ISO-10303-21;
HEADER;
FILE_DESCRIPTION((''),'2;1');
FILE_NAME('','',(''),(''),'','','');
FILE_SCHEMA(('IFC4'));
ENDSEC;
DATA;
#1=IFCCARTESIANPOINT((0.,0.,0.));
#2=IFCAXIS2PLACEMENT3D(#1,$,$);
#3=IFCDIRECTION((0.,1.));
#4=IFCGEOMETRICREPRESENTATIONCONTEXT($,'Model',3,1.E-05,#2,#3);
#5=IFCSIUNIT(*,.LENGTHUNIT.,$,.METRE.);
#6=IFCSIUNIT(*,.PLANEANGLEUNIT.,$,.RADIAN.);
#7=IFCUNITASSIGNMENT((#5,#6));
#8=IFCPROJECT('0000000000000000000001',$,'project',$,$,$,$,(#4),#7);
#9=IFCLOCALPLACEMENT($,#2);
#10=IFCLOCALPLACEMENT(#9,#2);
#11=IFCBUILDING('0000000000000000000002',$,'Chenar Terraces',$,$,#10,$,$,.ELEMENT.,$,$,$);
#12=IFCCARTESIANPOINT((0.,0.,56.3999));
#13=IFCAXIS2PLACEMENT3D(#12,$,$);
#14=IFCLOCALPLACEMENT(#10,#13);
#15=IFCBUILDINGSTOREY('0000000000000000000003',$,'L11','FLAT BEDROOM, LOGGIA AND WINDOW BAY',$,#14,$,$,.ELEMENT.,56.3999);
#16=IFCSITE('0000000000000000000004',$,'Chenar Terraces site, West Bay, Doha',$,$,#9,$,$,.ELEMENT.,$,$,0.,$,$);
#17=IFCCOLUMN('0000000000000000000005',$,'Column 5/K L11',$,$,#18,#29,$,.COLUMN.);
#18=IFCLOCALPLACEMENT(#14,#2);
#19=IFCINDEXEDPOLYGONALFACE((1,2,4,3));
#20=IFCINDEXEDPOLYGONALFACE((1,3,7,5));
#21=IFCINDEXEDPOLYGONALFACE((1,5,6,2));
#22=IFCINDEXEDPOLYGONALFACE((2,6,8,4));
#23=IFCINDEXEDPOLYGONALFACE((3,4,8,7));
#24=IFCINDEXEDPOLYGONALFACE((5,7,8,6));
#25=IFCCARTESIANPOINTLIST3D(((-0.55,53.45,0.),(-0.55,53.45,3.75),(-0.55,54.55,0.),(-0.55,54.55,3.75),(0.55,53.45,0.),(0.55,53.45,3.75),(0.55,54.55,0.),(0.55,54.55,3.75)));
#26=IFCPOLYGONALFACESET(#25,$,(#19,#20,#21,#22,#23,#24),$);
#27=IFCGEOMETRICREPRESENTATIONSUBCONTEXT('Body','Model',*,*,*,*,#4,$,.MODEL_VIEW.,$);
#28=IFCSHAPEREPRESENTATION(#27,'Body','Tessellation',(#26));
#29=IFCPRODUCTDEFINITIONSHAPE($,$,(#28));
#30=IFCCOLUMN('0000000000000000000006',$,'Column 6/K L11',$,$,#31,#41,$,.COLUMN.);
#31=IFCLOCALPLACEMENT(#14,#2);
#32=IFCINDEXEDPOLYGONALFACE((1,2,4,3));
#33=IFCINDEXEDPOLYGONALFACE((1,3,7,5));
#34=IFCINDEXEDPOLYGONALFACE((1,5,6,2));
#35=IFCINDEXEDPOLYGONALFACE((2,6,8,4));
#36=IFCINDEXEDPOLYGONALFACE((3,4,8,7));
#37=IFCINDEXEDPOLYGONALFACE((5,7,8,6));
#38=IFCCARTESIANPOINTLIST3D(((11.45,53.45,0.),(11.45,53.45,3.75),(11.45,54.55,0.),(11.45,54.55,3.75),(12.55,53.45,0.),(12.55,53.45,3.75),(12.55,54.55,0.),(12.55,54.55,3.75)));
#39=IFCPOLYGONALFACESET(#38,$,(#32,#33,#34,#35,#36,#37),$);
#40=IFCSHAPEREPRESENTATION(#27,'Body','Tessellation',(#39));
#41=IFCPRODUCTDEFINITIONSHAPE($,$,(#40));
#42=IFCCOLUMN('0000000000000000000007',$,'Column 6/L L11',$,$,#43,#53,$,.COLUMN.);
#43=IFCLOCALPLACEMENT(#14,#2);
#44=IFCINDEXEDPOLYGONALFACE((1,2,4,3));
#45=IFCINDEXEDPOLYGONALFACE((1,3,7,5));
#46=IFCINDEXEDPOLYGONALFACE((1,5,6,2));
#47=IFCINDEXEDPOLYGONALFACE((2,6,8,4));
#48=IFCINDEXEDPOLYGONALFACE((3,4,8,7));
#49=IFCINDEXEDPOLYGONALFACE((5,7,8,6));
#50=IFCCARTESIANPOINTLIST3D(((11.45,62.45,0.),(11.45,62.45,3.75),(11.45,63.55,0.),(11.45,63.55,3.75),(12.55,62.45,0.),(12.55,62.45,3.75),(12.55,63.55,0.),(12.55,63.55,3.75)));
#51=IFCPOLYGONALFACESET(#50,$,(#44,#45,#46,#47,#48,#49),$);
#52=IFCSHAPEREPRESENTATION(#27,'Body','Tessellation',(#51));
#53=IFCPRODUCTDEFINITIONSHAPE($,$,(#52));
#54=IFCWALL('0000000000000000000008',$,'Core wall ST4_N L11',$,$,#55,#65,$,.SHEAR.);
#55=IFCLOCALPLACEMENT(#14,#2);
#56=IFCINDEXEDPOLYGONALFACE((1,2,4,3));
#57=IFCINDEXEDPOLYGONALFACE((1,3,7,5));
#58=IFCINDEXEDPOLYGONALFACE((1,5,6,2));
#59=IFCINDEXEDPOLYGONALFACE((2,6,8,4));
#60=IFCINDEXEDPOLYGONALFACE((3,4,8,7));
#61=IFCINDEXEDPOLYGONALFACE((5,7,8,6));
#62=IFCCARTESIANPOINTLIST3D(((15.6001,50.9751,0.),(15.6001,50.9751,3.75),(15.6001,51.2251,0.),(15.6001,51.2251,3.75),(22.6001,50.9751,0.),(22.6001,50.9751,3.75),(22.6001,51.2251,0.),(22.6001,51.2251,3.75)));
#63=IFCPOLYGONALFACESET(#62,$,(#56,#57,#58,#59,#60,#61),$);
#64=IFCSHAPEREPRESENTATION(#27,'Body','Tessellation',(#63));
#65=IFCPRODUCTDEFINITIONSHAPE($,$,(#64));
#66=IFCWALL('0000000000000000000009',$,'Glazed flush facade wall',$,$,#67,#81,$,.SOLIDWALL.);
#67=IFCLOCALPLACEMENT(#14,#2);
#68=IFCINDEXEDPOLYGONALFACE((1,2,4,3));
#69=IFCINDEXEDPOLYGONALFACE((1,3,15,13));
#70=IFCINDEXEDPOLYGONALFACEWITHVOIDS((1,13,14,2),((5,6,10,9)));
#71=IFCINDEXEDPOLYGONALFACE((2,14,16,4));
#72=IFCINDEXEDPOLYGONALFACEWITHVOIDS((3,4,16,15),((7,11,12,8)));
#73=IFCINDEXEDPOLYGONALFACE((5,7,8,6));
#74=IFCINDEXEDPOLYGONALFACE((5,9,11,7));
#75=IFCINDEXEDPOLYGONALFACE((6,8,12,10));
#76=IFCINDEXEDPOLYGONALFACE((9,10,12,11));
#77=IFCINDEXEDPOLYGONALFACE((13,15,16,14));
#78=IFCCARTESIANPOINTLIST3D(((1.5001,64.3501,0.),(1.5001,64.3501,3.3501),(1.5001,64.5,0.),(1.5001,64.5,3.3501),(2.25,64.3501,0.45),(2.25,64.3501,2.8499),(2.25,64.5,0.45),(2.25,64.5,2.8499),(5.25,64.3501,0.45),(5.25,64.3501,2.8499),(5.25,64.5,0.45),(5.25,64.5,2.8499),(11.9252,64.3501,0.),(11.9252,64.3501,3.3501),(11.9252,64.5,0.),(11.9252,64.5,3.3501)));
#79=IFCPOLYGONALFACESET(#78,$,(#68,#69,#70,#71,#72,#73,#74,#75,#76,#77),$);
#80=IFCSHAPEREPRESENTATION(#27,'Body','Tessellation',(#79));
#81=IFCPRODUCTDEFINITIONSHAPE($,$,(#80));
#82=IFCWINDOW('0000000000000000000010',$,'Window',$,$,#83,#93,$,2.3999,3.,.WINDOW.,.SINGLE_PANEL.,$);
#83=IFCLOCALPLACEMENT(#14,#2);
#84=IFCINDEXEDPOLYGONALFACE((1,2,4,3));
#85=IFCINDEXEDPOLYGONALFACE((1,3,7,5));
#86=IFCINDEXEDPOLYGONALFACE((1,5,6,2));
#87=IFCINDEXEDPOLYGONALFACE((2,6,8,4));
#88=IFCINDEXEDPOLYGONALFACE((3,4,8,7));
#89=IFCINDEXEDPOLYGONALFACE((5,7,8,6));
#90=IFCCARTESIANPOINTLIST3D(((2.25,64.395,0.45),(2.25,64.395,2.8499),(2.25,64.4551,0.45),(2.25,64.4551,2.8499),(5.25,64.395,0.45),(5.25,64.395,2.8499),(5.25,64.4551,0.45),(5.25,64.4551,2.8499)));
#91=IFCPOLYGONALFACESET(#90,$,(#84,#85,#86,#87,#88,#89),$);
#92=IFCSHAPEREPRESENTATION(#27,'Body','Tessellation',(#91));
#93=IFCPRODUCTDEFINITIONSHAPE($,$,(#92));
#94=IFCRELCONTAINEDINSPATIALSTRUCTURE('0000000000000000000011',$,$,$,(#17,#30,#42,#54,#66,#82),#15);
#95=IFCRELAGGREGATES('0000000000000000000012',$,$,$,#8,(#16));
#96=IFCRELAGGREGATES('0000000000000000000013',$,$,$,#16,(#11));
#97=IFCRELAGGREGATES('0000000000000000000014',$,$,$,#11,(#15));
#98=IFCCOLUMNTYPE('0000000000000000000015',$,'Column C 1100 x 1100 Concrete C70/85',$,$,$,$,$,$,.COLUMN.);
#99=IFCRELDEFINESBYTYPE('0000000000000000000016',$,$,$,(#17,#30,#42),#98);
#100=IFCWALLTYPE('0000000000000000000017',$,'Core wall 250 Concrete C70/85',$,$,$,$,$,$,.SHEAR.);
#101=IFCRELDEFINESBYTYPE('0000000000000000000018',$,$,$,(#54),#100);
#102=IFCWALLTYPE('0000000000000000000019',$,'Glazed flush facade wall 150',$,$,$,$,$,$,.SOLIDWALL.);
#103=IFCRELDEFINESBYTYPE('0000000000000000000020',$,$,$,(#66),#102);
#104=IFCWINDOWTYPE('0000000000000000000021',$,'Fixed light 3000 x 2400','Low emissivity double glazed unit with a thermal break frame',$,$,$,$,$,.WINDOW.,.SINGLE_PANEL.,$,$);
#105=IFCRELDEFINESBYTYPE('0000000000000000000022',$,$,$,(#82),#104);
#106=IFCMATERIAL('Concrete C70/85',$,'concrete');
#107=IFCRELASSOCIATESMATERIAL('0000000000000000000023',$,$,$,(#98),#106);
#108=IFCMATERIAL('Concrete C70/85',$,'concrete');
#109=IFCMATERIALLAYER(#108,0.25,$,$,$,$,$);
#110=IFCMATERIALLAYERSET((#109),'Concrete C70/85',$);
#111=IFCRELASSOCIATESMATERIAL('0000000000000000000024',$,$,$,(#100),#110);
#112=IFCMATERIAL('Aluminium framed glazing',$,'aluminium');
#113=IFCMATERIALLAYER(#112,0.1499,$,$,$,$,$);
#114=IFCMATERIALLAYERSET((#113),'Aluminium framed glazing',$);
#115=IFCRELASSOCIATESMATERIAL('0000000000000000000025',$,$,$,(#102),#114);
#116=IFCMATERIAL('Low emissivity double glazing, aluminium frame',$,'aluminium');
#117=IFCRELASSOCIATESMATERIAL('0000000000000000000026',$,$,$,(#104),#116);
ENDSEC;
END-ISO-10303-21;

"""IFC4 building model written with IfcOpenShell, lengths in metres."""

from ifc_helpers import new_model, si_unit, direction, frame, frame_2d, origin, origin_2d, place, context, subcontext, project, spatial, rectangle, extrude, material, layer, layer_set, material_profile, profile_set, type_object, element, fill, save


model = new_model("IFC4")

# Units and contexts
model_context = context("Model", 3, precision=1e-05, world=origin(), true_north=direction((0.0, 1.0)))
body_context = subcontext(model_context, "Body", "Model", "MODEL_VIEW")
ifc_project = project(units=[si_unit("LENGTHUNIT", "METRE"), si_unit("PLANEANGLEUNIT", "RADIAN")], contexts=[model_context])

# Site, building, storey
site_placement = place(None, origin())
site = spatial("IfcSite", under=ifc_project, at=site_placement, Name="Chenar Terraces site, West Bay, Doha", CompositionType="ELEMENT", RefElevation=0.0)
building_placement = place(site_placement, origin())
building = spatial("IfcBuilding", under=site, at=building_placement, Name="Chenar Terraces", CompositionType="ELEMENT")
storey_placement = place(building_placement, frame((0.0, 0.0, 56.3999)))
storey = spatial("IfcBuildingStorey", under=building, at=storey_placement, Name="L11", Description="FLAT BEDROOM, LOGGIA AND WINDOW BAY", CompositionType="ELEMENT", Elevation=56.3999)

# Columns
ifc_material_1 = material(Name="Concrete C70/85", Category="concrete")
ifc_material_profile_1 = material_profile(ifc_material_1, rectangle(XDim=1.1001, YDim=1.1001, at=origin_2d()), Name="C 1100 x 1100")
ifc_profile_set_1 = profile_set([ifc_material_profile_1], Name="Concrete C70/85")
column_type = type_object("IfcColumnType", Name="Column C 1100 x 1100 Concrete C70/85", PredefinedType="COLUMN", material=ifc_profile_set_1)
placement = place(storey_placement, frame((0.0, 54.0, 0.0), z_axis=(0.0, 0.0, 1.0), x_axis=(1.0, 0.0, 0.0)))
element("IfcColumn", 1, at=placement, inside=storey, type_object=column_type, Name="Column 5/K L11", PredefinedType="COLUMN", context=body_context, shape_type="SweptSolid", body=[
    extrude(rectangle(XDim=1.1001, YDim=1.1001, at=origin_2d()), origin(), (0.0, 0.0, 1.0), 3.75),
])
for number, where, z_axis, x_axis, name in (
    (2, (12.0, 54.0, 0.0), (0.0, 0.0, 1.0), (1.0, 0.0, 0.0), "Column 6/K L11"),
    (3, (12.0, 63.0, 0.0), (0.0, 0.0, 1.0), (1.0, 0.0, 0.0), "Column 6/L L11"),
):
    element("IfcColumn", number, at=place(storey_placement, frame(where, z_axis=z_axis, x_axis=x_axis)), inside=storey, type_object=column_type, Name=name, PredefinedType="COLUMN", context=body_context, shape_type="SweptSolid", body=[
        extrude(rectangle(XDim=1.1001, YDim=1.1001, at=origin_2d()), origin(), (0.0, 0.0, 1.0), 3.75),
    ])

# Wall
ifc_material_2 = material(Name="Concrete C70/85", Category="concrete")
ifc_layer_1 = layer(ifc_material_2, 0.25)
ifc_layer_set_1 = layer_set([ifc_layer_1], Name="Concrete C70/85")
wall_type_1 = type_object("IfcWallType", Name="Core wall 250 Concrete C70/85", PredefinedType="SHEAR", material=ifc_layer_set_1)
wall_1_placement = place(storey_placement, frame((15.6001, 51.1001, 0.0), z_axis=(0.0, 0.0, 1.0), x_axis=(1.0, 0.0, 0.0)))
element("IfcWall", 4, at=wall_1_placement, inside=storey, type_object=wall_type_1, Name="Core wall ST4_N L11", PredefinedType="SHEAR", context=body_context, shape_type="SweptSolid", body=[
    extrude(rectangle(XDim=7.0, YDim=0.25, at=frame_2d((3.5, 0.0))), origin(), (0.0, 0.0, 1.0), 3.75),
])

# Wall, opening, window
ifc_material_3 = material(Name="Aluminium framed glazing", Category="aluminium")
ifc_layer_2 = layer(ifc_material_3, 0.1499)
ifc_layer_set_2 = layer_set([ifc_layer_2], Name="Aluminium framed glazing")
wall_type_2 = type_object("IfcWallType", Name="Glazed flush facade wall 150", PredefinedType="SOLIDWALL", material=ifc_layer_set_2)
wall_2_placement = place(storey_placement, frame((11.925, 64.425, 0.0), z_axis=(0.0, 0.0, 1.0), x_axis=(-1.0, 0.0, 0.0)))
wall_2 = element("IfcWall", 5, at=wall_2_placement, inside=storey, type_object=wall_type_2, Name="Glazed flush facade wall", PredefinedType="SOLIDWALL", context=body_context, shape_type="SweptSolid", body=[
    extrude(rectangle(XDim=10.425, YDim=0.1499, at=frame_2d((5.2124, 0.0))), origin(), (0.0, 0.0, 1.0), 3.3501),
])
opening_1_placement = place(wall_2_placement, frame((6.675, 0.0, 0.45)))
opening_1 = element("IfcOpeningElement", 6, at=opening_1_placement, cuts=wall_2, PredefinedType="OPENING", context=body_context, shape_type="SweptSolid", body=[
    extrude(rectangle(XDim=3.0, YDim=2.3999, at=frame_2d((1.5, 1.2))), frame((0.0, 0.085, 0.0), z_axis=(0.0, -1.0, 0.0), x_axis=(1.0, 0.0, 0.0)), (0.0, 0.0, 1.0), 0.1699),
])
ifc_material_4 = material(Name="Low emissivity double glazing, aluminium frame", Category="aluminium")
window_type_1 = type_object("IfcWindowType", Name="Fixed light 3000 x 2400", Description="Low emissivity double glazed unit with a thermal break frame", PartitioningType="SINGLE_PANEL", PredefinedType="WINDOW", material=ifc_material_4)
window_1_placement = place(opening_1_placement, origin())
window_1 = element("IfcWindow", 7, at=window_1_placement, inside=storey, type_object=window_type_1, Name="Window", OverallHeight=2.3999, OverallWidth=3.0, PartitioningType="SINGLE_PANEL", PredefinedType="WINDOW", context=body_context, shape_type="SweptSolid", body=[
    extrude(rectangle(XDim=3.0, YDim=2.3999, at=frame_2d((1.5, 1.2))), frame((0.0, 0.03, 0.0), z_axis=(0.0, -1.0, 0.0), x_axis=(1.0, 0.0, 0.0)), (0.0, 0.0, 1.0), 0.0601),
])
fill(opening_1, window_1)

save(model, "model.ifc")
